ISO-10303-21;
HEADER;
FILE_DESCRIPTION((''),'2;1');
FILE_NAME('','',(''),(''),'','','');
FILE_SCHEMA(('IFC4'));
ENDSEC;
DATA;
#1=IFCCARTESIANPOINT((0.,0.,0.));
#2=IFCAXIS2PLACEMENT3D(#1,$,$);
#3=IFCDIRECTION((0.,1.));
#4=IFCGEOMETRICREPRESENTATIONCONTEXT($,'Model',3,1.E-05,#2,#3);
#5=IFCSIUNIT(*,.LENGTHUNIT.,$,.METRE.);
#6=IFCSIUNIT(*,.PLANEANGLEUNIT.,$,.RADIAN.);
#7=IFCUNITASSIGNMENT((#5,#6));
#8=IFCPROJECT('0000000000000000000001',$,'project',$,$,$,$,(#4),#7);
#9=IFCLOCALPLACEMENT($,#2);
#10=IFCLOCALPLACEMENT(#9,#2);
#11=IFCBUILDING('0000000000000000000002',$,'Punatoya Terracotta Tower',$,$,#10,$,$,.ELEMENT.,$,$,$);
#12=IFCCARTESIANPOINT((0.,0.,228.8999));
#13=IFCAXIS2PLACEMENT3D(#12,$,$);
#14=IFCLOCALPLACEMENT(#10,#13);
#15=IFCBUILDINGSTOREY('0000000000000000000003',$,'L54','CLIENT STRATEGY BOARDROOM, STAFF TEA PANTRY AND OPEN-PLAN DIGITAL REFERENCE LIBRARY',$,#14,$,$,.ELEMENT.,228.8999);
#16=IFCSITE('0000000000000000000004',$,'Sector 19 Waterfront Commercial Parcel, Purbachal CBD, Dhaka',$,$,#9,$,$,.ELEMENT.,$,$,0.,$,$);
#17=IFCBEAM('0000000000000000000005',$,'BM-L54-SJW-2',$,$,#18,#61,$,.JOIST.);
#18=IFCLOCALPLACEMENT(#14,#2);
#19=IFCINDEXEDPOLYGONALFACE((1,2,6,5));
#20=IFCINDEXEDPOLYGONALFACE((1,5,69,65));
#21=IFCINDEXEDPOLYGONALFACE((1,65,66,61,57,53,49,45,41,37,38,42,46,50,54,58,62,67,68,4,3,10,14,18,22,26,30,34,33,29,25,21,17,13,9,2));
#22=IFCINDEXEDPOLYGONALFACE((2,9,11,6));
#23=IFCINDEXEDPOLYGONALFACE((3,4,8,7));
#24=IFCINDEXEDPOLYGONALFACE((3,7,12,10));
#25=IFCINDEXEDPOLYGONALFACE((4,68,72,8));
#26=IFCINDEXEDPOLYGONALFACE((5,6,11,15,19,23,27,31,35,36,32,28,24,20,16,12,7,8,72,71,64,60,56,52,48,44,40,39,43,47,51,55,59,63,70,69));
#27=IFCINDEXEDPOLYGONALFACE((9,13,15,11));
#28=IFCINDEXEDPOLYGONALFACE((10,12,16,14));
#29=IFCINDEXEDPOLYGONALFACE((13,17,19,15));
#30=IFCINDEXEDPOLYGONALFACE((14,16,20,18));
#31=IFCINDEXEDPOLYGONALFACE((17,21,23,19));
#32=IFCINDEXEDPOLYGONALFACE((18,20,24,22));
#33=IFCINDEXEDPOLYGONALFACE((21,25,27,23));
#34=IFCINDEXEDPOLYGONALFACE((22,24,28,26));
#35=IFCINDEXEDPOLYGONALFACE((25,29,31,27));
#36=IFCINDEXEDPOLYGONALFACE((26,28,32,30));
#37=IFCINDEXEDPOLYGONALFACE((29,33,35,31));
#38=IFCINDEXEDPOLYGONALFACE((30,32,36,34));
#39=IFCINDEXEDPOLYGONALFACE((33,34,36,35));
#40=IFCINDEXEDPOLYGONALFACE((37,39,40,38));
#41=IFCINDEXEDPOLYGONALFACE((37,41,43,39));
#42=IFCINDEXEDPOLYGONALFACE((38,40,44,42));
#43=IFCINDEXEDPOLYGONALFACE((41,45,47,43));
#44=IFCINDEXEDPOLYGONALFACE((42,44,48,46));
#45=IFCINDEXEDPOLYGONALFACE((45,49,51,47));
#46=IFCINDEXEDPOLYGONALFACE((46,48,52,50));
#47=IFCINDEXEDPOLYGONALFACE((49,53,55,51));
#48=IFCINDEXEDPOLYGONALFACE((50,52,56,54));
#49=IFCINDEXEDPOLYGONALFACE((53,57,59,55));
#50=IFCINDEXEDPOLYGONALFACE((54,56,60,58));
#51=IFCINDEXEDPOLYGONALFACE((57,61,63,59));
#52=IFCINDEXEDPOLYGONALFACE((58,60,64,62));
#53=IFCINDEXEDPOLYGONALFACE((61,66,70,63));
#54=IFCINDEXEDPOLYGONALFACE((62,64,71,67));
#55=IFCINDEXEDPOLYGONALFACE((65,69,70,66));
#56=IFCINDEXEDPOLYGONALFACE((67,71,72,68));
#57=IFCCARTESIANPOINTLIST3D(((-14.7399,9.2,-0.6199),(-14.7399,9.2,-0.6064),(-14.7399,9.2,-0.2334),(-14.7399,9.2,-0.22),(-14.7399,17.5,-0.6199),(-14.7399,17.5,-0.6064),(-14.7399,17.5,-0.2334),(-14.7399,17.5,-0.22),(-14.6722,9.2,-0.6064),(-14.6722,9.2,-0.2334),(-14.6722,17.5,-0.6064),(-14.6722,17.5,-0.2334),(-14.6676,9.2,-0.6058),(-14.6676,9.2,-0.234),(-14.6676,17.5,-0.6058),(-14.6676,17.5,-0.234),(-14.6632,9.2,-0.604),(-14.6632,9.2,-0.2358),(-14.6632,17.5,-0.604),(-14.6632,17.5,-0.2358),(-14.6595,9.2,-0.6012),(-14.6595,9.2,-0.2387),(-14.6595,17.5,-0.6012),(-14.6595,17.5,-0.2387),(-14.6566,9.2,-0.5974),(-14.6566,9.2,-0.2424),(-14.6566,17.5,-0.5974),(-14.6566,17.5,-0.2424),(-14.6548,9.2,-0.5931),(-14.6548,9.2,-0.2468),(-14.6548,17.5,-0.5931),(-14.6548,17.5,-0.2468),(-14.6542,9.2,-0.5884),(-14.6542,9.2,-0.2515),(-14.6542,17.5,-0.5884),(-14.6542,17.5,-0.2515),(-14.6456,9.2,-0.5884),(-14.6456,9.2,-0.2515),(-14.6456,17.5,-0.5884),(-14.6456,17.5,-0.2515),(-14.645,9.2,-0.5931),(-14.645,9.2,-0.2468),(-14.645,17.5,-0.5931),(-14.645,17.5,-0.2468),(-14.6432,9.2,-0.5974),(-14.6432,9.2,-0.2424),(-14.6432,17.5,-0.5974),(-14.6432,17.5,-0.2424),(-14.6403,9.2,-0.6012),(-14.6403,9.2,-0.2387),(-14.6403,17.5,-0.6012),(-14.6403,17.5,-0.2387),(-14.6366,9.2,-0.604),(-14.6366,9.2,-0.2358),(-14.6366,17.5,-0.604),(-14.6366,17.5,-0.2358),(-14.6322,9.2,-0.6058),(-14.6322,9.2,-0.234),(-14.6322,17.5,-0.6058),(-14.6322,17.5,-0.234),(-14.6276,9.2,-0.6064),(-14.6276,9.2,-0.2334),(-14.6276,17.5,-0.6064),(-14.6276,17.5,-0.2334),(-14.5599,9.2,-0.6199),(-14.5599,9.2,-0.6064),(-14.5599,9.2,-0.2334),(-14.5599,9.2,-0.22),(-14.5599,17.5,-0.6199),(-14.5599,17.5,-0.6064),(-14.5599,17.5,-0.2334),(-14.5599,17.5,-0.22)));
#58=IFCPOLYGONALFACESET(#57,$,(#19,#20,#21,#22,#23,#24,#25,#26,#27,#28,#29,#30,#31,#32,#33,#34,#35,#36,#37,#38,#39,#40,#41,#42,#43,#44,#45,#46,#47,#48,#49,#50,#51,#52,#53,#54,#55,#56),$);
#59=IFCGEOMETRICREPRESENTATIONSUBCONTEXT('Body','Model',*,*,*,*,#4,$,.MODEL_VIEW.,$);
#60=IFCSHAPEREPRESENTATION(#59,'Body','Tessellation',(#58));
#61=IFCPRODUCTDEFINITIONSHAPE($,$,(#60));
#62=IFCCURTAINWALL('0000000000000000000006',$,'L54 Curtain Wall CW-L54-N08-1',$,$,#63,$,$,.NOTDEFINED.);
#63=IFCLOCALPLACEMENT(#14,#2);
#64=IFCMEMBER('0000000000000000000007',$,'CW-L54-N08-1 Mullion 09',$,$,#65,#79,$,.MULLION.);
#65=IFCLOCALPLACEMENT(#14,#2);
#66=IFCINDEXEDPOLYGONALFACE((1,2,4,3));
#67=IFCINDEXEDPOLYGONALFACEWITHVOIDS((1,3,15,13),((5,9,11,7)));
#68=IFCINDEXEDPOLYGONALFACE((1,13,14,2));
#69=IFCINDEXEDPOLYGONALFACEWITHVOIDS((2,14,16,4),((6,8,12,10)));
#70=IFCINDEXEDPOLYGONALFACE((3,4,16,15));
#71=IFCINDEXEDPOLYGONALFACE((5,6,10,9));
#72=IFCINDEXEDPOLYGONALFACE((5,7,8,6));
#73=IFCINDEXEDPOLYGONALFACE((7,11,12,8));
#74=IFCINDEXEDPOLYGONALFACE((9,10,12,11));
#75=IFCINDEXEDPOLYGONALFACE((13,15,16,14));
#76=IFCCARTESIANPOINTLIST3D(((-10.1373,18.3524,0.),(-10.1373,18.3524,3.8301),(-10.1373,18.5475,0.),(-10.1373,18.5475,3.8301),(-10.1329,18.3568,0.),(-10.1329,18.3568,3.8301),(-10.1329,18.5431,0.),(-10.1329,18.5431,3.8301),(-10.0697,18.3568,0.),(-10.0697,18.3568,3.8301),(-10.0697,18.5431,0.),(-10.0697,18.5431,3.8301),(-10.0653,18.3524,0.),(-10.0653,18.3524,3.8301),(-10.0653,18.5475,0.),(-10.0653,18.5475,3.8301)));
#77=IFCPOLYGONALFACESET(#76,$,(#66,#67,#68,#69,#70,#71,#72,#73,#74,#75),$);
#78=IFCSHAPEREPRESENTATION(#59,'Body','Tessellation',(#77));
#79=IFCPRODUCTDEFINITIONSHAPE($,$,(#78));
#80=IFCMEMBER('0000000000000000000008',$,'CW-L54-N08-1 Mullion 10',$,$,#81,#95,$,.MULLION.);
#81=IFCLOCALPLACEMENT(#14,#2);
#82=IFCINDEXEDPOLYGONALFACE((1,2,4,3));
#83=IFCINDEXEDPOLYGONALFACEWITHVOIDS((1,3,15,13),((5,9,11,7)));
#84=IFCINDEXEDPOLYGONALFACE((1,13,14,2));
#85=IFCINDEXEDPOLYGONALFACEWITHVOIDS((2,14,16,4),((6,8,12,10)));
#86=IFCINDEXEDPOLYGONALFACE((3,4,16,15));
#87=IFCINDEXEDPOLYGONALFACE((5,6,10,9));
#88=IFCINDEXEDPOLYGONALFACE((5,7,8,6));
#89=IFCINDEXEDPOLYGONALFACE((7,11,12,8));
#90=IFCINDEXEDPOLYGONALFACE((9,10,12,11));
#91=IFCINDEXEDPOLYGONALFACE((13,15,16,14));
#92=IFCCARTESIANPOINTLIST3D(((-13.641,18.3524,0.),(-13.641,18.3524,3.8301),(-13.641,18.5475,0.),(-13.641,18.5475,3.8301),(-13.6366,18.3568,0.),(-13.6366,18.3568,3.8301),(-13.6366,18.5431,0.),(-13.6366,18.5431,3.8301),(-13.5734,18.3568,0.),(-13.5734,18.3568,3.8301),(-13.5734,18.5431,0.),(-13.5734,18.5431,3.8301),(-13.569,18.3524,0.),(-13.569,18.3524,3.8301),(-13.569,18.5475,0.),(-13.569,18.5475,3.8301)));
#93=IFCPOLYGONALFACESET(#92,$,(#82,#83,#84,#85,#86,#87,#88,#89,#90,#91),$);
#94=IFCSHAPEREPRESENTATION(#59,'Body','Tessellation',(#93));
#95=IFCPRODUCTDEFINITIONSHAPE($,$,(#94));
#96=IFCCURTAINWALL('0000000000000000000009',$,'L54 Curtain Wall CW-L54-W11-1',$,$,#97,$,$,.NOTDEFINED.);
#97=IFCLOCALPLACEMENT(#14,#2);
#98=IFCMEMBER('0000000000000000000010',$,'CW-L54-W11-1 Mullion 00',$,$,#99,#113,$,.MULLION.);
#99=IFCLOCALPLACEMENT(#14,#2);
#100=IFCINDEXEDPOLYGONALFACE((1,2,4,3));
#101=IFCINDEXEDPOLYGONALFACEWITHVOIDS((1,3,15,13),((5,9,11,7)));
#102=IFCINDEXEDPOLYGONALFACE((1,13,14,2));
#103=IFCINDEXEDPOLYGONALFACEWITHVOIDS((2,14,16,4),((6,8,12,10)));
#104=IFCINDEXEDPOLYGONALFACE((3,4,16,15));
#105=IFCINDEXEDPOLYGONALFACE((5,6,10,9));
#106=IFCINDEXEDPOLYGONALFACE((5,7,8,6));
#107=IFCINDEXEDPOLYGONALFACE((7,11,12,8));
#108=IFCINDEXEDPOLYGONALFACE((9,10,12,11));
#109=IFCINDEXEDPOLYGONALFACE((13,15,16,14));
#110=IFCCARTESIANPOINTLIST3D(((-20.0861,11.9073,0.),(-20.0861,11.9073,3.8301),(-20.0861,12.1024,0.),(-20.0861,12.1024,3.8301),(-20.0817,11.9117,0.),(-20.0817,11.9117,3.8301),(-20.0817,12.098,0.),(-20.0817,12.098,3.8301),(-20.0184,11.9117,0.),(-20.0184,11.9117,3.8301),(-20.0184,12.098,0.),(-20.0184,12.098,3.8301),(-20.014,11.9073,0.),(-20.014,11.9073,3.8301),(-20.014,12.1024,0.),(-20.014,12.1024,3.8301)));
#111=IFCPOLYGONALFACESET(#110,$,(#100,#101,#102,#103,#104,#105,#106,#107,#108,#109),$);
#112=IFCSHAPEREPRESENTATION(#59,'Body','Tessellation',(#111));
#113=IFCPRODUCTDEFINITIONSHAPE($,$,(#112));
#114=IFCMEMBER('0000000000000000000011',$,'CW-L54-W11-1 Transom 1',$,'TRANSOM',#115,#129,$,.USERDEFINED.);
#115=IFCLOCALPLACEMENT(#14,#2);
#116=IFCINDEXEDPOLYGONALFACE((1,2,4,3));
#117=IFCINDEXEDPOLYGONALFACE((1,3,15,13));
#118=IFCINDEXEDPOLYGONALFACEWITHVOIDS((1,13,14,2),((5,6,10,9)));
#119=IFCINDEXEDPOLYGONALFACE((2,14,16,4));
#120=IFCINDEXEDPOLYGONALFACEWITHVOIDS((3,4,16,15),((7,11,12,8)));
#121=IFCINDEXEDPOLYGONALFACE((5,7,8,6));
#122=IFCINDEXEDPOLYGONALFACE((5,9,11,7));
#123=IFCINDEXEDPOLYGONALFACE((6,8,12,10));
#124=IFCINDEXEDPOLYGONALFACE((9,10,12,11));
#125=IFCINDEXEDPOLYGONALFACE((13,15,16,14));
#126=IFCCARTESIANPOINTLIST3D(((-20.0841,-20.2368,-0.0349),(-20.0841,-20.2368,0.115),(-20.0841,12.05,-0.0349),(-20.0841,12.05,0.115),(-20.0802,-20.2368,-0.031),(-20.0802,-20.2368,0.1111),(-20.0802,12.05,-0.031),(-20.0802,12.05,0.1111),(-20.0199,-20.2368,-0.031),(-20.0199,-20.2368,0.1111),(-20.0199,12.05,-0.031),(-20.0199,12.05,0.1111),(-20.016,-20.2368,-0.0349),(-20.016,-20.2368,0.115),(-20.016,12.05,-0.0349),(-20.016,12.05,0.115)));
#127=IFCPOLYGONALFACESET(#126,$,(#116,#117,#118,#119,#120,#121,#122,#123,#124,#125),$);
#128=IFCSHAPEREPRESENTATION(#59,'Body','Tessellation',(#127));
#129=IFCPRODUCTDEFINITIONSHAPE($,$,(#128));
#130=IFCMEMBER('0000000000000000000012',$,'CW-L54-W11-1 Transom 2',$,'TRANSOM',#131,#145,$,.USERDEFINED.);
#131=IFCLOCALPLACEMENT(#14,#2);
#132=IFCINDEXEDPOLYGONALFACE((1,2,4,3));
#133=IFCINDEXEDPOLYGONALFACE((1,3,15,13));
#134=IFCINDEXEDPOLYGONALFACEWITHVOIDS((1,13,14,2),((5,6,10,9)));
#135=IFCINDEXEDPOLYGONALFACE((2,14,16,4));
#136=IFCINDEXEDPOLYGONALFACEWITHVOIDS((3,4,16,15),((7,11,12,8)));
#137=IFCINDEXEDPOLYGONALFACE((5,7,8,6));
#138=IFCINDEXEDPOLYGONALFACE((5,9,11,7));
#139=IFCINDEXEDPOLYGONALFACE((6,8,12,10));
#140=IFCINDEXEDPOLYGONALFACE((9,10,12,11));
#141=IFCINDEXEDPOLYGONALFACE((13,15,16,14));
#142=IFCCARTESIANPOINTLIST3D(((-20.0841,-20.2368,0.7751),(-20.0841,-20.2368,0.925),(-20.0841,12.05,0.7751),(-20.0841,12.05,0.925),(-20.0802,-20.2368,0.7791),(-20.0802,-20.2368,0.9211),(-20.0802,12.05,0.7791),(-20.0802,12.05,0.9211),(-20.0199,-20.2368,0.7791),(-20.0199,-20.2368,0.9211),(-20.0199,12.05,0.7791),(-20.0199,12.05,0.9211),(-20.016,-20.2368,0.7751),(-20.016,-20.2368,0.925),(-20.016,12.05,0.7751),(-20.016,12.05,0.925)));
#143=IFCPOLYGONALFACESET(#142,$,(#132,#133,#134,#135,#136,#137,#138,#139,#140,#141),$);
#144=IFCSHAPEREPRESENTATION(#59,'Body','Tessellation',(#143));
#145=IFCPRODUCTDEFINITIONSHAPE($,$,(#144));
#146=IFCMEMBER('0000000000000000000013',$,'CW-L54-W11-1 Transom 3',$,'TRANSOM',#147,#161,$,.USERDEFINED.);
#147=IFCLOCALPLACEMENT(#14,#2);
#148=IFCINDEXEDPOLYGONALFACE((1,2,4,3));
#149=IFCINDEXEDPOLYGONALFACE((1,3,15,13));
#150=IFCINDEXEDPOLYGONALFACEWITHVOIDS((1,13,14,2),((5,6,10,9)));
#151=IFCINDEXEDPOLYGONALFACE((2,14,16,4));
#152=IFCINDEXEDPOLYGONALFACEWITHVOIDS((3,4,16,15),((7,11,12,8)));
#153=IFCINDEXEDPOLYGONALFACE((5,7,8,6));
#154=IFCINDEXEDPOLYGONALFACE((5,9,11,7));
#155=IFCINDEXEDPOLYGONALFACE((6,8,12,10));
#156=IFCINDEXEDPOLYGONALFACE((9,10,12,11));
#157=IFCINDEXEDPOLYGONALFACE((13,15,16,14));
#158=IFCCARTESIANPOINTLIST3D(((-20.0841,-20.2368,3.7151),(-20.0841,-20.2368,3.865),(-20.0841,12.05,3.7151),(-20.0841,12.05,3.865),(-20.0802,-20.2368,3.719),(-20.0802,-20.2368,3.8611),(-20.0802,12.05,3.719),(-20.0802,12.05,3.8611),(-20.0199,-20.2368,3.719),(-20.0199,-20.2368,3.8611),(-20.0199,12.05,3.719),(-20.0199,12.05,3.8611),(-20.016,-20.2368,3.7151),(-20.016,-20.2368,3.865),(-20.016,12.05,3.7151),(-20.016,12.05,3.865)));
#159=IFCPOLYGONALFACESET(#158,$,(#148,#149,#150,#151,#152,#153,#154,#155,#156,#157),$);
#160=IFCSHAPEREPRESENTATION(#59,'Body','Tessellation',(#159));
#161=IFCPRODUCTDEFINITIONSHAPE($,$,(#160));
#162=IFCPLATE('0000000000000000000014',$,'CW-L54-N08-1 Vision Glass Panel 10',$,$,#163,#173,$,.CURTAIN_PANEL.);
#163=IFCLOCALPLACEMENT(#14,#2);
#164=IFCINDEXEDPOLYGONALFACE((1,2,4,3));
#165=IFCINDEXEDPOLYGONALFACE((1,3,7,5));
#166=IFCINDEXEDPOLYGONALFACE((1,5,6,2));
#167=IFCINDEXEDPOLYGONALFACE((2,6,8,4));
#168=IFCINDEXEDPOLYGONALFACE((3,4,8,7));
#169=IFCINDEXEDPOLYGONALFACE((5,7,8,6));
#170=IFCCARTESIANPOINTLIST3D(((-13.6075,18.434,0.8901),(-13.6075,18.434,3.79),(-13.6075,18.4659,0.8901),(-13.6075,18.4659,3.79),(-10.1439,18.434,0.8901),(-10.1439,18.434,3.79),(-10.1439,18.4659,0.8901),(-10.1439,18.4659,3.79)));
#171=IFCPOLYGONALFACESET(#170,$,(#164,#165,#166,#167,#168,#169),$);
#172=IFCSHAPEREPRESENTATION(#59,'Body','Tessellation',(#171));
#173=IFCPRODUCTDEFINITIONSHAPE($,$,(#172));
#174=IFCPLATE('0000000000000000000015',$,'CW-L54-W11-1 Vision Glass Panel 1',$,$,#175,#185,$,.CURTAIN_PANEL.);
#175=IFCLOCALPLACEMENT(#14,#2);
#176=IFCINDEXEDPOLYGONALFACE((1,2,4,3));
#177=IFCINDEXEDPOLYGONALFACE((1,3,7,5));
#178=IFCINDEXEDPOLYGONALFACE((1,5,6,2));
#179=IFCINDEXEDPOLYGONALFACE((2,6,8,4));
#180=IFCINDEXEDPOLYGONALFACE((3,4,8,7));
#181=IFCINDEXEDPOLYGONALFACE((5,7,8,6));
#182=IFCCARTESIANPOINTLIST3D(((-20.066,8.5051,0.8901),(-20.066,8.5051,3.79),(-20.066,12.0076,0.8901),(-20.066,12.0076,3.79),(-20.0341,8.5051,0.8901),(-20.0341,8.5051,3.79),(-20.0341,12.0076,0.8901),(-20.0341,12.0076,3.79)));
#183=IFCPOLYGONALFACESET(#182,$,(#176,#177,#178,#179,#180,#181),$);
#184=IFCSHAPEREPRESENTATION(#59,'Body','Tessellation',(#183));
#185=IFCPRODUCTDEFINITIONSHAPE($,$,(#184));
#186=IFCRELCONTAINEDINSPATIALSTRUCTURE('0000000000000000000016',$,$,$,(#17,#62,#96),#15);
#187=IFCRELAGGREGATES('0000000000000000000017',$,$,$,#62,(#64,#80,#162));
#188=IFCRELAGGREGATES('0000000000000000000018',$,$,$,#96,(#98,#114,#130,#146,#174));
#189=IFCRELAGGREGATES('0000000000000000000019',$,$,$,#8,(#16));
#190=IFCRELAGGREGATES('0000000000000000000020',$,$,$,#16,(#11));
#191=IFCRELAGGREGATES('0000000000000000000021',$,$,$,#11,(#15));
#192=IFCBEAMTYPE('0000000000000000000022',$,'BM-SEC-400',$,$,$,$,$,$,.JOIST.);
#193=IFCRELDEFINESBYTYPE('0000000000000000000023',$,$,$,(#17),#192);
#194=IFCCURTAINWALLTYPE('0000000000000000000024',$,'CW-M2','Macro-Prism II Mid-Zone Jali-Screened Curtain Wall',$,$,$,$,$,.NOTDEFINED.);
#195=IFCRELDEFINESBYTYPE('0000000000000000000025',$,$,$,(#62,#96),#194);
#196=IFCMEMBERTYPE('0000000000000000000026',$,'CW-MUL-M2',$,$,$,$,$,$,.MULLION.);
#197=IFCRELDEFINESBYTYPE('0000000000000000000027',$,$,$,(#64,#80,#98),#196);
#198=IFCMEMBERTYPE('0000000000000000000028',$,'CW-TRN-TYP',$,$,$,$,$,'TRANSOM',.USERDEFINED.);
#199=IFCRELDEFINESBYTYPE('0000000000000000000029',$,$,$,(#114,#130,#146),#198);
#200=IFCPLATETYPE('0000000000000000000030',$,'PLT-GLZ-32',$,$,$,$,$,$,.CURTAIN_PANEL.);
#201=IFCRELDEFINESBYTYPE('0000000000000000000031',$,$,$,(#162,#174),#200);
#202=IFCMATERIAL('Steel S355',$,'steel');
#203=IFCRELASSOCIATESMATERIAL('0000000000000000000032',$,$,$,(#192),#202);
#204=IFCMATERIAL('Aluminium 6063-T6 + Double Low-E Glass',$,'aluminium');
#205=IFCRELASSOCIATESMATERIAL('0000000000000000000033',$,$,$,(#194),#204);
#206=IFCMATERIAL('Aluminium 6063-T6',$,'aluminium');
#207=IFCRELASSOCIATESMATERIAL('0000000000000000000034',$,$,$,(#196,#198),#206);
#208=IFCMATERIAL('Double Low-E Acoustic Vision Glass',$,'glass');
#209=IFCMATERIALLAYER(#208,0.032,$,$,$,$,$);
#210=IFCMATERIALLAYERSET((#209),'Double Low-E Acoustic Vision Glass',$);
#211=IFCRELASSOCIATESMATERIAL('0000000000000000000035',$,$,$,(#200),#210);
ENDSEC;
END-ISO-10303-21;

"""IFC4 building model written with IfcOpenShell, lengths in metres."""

from ifc_helpers import new_model, si_unit, direction, frame, origin, origin_2d, place, context, subcontext, project, spatial, rectangle, hollow_rectangle, i_section, extrude, material, layer, layer_set, material_profile, profile_set, type_object, element, aggregate, save


model = new_model("IFC4")

# Units and contexts
model_context = context("Model", 3, precision=1e-05, world=origin(), true_north=direction((0.0, 1.0)))
body_context = subcontext(model_context, "Body", "Model", "MODEL_VIEW")
ifc_project = project(units=[si_unit("LENGTHUNIT", "METRE"), si_unit("PLANEANGLEUNIT", "RADIAN")], contexts=[model_context])

# Site, building, storey
site_placement = place(None, origin())
site = spatial("IfcSite", under=ifc_project, at=site_placement, Name="Sector 19 Waterfront Commercial Parcel, Purbachal CBD, Dhaka", CompositionType="ELEMENT", RefElevation=0.0)
building_placement = place(site_placement, origin())
building = spatial("IfcBuilding", under=site, at=building_placement, Name="Punatoya Terracotta Tower", CompositionType="ELEMENT")
storey_placement = place(building_placement, frame((0.0, 0.0, 228.8999)))
storey = spatial("IfcBuildingStorey", under=building, at=storey_placement, Name="L54", Description="CLIENT STRATEGY BOARDROOM, STAFF TEA PANTRY AND OPEN-PLAN DIGITAL REFERENCE LIBRARY", CompositionType="ELEMENT", Elevation=228.8999)

# Beam
ifc_material_1 = material(Name="Steel S355", Category="steel")
ifc_material_profile_1 = material_profile(ifc_material_1, i_section(OverallWidth=0.1799, OverallDepth=0.3999, WebThickness=0.0085, FlangeThickness=0.0134, FilletRadius=0.0181, at=origin_2d()))
ifc_profile_set_1 = profile_set([ifc_material_profile_1], Name="Steel S355")
beam_type_1 = type_object("IfcBeamType", Name="BM-SEC-400", PredefinedType="JOIST", material=ifc_profile_set_1)
beam_1_placement = place(storey_placement, frame((-14.6499, 9.2, -0.4199), z_axis=(0.0, 1.0, 0.0), x_axis=(-1.0, 0.0, 0.0)))
element("IfcBeam", 1, at=beam_1_placement, inside=storey, type_object=beam_type_1, Name="BM-L54-SJW-2", PredefinedType="JOIST", context=body_context, shape_type="SweptSolid", body=[
    extrude(i_section(OverallWidth=0.1799, OverallDepth=0.3999, WebThickness=0.0085, FlangeThickness=0.0134, FilletRadius=0.0181, at=origin_2d()), origin(), (0.0, 0.0, 1.0), 8.3),
])

# Curtain walls, members
ifc_material_2 = material(Name="Aluminium 6063-T6 + Double Low-E Glass", Category="aluminium")
curtain_wall_type = type_object("IfcCurtainWallType", Name="CW-M2", Description="Macro-Prism II Mid-Zone Jali-Screened Curtain Wall", PredefinedType="NOTDEFINED", material=ifc_material_2)
curtain_wall_1_placement = place(storey_placement, origin())
curtain_wall_1 = element("IfcCurtainWall", 2, at=curtain_wall_1_placement, inside=storey, type_object=curtain_wall_type, Name="L54 Curtain Wall CW-L54-N08-1", PredefinedType="NOTDEFINED")
ifc_material_3 = material(Name="Aluminium 6063-T6", Category="aluminium")
ifc_material_profile_2 = material_profile(ifc_material_3, hollow_rectangle(XDim=0.072, YDim=0.1951, WallThickness=0.0044, at=origin_2d()))
ifc_profile_set_2 = profile_set([ifc_material_profile_2], Name="Aluminium 6063-T6")
member_type_1 = type_object("IfcMemberType", Name="CW-MUL-M2", PredefinedType="MULLION", material=ifc_profile_set_2)
member_1_placement = place(storey_placement, frame((-10.1013, 18.45, 0.0), z_axis=(0.0, 0.0, 1.0), x_axis=(1.0, 0.0, 0.0)))
member_1 = element("IfcMember", 3, at=member_1_placement, type_object=member_type_1, Name="CW-L54-N08-1 Mullion 09", PredefinedType="MULLION", context=body_context, shape_type="SweptSolid", body=[
    extrude(hollow_rectangle(XDim=0.072, YDim=0.1951, WallThickness=0.0044, at=origin_2d()), origin(), (0.0, 0.0, 1.0), 3.8301),
])
member_2_placement = place(storey_placement, frame((-13.605, 18.45, 0.0), z_axis=(0.0, 0.0, 1.0), x_axis=(1.0, 0.0, 0.0)))
member_2 = element("IfcMember", 4, at=member_2_placement, type_object=member_type_1, Name="CW-L54-N08-1 Mullion 10", PredefinedType="MULLION", context=body_context, shape_type="SweptSolid", body=[
    extrude(hollow_rectangle(XDim=0.072, YDim=0.1951, WallThickness=0.0044, at=origin_2d()), origin(), (0.0, 0.0, 1.0), 3.8301),
])
curtain_wall_2_placement = place(storey_placement, origin())
curtain_wall_2 = element("IfcCurtainWall", 5, at=curtain_wall_2_placement, inside=storey, type_object=curtain_wall_type, Name="L54 Curtain Wall CW-L54-W11-1", PredefinedType="NOTDEFINED")
member_3_placement = place(storey_placement, frame((-20.05, 12.0049, 0.0), z_axis=(0.0, 0.0, 1.0), x_axis=(1.0, 0.0, 0.0)))
member_3 = element("IfcMember", 6, at=member_3_placement, type_object=member_type_1, Name="CW-L54-W11-1 Mullion 00", PredefinedType="MULLION", context=body_context, shape_type="SweptSolid", body=[
    extrude(hollow_rectangle(XDim=0.072, YDim=0.1951, WallThickness=0.0044, at=origin_2d()), origin(), (0.0, 0.0, 1.0), 3.8301),
])
ifc_material_profile_3 = material_profile(ifc_material_3, hollow_rectangle(XDim=0.0681, YDim=0.1499, WallThickness=0.0039, at=origin_2d()))
ifc_profile_set_3 = profile_set([ifc_material_profile_3], Name="Aluminium 6063-T6")
member_type_2 = type_object("IfcMemberType", Name="CW-TRN-TYP", ElementType="TRANSOM", PredefinedType="USERDEFINED", material=ifc_profile_set_3)
member_4_placement = place(storey_placement, frame((-20.05, 12.05, 0.04), z_axis=(0.0, -1.0, 0.0), x_axis=(1.0, 0.0, 0.0)))
member_4 = element("IfcMember", 7, at=member_4_placement, type_object=member_type_2, Name="CW-L54-W11-1 Transom 1", ObjectType="TRANSOM", PredefinedType="USERDEFINED", context=body_context, shape_type="SweptSolid", body=[
    extrude(hollow_rectangle(XDim=0.0681, YDim=0.1499, WallThickness=0.0039, at=origin_2d()), origin(), (0.0, 0.0, 1.0), 32.2869),
])
member_5_placement = place(storey_placement, frame((-20.05, 12.05, 0.8501), z_axis=(0.0, -1.0, 0.0), x_axis=(1.0, 0.0, 0.0)))
member_5 = element("IfcMember", 8, at=member_5_placement, type_object=member_type_2, Name="CW-L54-W11-1 Transom 2", ObjectType="TRANSOM", PredefinedType="USERDEFINED", context=body_context, shape_type="SweptSolid", body=[
    extrude(hollow_rectangle(XDim=0.0681, YDim=0.1499, WallThickness=0.0039, at=origin_2d()), origin(), (0.0, 0.0, 1.0), 32.2869),
])
member_6_placement = place(storey_placement, frame((-20.05, 12.05, 3.79), z_axis=(0.0, -1.0, 0.0), x_axis=(1.0, 0.0, 0.0)))
member_6 = element("IfcMember", 9, at=member_6_placement, type_object=member_type_2, Name="CW-L54-W11-1 Transom 3", ObjectType="TRANSOM", PredefinedType="USERDEFINED", context=body_context, shape_type="SweptSolid", body=[
    extrude(hollow_rectangle(XDim=0.0681, YDim=0.1499, WallThickness=0.0039, at=origin_2d()), origin(), (0.0, 0.0, 1.0), 32.2869),
])

# Plates
ifc_material_4 = material(Name="Double Low-E Acoustic Vision Glass", Category="glass")
ifc_layer_1 = layer(ifc_material_4, 0.032)
ifc_layer_set_1 = layer_set([ifc_layer_1], Name="Double Low-E Acoustic Vision Glass")
plate_type_1 = type_object("IfcPlateType", Name="PLT-GLZ-32", PredefinedType="CURTAIN_PANEL", material=ifc_layer_set_1)
plate_1_placement = place(storey_placement, frame((-11.8757, 18.45, 0.8901), z_axis=(0.0, 0.0, 1.0), x_axis=(-1.0, 0.0, 0.0)))
plate_1 = element("IfcPlate", 10, at=plate_1_placement, type_object=plate_type_1, Name="CW-L54-N08-1 Vision Glass Panel 10", PredefinedType="CURTAIN_PANEL", context=body_context, shape_type="SweptSolid", body=[
    extrude(rectangle(XDim=3.4636, YDim=0.032, at=origin_2d()), origin(), (0.0, 0.0, 1.0), 2.8999),
])
plate_2_placement = place(storey_placement, frame((-20.05, 10.2563, 0.8901), z_axis=(0.0, 0.0, 1.0), x_axis=(0.0, -1.0, 0.0)))
plate_2 = element("IfcPlate", 11, at=plate_2_placement, type_object=plate_type_1, Name="CW-L54-W11-1 Vision Glass Panel 1", PredefinedType="CURTAIN_PANEL", context=body_context, shape_type="SweptSolid", body=[
    extrude(rectangle(XDim=3.5024, YDim=0.032, at=origin_2d()), origin(), (0.0, 0.0, 1.0), 2.8999),
])
aggregate(curtain_wall_1, [member_1, member_2, plate_1])
aggregate(curtain_wall_2, [member_3, member_4, member_5, member_6, plate_2])

save(model, "model.ifc")
